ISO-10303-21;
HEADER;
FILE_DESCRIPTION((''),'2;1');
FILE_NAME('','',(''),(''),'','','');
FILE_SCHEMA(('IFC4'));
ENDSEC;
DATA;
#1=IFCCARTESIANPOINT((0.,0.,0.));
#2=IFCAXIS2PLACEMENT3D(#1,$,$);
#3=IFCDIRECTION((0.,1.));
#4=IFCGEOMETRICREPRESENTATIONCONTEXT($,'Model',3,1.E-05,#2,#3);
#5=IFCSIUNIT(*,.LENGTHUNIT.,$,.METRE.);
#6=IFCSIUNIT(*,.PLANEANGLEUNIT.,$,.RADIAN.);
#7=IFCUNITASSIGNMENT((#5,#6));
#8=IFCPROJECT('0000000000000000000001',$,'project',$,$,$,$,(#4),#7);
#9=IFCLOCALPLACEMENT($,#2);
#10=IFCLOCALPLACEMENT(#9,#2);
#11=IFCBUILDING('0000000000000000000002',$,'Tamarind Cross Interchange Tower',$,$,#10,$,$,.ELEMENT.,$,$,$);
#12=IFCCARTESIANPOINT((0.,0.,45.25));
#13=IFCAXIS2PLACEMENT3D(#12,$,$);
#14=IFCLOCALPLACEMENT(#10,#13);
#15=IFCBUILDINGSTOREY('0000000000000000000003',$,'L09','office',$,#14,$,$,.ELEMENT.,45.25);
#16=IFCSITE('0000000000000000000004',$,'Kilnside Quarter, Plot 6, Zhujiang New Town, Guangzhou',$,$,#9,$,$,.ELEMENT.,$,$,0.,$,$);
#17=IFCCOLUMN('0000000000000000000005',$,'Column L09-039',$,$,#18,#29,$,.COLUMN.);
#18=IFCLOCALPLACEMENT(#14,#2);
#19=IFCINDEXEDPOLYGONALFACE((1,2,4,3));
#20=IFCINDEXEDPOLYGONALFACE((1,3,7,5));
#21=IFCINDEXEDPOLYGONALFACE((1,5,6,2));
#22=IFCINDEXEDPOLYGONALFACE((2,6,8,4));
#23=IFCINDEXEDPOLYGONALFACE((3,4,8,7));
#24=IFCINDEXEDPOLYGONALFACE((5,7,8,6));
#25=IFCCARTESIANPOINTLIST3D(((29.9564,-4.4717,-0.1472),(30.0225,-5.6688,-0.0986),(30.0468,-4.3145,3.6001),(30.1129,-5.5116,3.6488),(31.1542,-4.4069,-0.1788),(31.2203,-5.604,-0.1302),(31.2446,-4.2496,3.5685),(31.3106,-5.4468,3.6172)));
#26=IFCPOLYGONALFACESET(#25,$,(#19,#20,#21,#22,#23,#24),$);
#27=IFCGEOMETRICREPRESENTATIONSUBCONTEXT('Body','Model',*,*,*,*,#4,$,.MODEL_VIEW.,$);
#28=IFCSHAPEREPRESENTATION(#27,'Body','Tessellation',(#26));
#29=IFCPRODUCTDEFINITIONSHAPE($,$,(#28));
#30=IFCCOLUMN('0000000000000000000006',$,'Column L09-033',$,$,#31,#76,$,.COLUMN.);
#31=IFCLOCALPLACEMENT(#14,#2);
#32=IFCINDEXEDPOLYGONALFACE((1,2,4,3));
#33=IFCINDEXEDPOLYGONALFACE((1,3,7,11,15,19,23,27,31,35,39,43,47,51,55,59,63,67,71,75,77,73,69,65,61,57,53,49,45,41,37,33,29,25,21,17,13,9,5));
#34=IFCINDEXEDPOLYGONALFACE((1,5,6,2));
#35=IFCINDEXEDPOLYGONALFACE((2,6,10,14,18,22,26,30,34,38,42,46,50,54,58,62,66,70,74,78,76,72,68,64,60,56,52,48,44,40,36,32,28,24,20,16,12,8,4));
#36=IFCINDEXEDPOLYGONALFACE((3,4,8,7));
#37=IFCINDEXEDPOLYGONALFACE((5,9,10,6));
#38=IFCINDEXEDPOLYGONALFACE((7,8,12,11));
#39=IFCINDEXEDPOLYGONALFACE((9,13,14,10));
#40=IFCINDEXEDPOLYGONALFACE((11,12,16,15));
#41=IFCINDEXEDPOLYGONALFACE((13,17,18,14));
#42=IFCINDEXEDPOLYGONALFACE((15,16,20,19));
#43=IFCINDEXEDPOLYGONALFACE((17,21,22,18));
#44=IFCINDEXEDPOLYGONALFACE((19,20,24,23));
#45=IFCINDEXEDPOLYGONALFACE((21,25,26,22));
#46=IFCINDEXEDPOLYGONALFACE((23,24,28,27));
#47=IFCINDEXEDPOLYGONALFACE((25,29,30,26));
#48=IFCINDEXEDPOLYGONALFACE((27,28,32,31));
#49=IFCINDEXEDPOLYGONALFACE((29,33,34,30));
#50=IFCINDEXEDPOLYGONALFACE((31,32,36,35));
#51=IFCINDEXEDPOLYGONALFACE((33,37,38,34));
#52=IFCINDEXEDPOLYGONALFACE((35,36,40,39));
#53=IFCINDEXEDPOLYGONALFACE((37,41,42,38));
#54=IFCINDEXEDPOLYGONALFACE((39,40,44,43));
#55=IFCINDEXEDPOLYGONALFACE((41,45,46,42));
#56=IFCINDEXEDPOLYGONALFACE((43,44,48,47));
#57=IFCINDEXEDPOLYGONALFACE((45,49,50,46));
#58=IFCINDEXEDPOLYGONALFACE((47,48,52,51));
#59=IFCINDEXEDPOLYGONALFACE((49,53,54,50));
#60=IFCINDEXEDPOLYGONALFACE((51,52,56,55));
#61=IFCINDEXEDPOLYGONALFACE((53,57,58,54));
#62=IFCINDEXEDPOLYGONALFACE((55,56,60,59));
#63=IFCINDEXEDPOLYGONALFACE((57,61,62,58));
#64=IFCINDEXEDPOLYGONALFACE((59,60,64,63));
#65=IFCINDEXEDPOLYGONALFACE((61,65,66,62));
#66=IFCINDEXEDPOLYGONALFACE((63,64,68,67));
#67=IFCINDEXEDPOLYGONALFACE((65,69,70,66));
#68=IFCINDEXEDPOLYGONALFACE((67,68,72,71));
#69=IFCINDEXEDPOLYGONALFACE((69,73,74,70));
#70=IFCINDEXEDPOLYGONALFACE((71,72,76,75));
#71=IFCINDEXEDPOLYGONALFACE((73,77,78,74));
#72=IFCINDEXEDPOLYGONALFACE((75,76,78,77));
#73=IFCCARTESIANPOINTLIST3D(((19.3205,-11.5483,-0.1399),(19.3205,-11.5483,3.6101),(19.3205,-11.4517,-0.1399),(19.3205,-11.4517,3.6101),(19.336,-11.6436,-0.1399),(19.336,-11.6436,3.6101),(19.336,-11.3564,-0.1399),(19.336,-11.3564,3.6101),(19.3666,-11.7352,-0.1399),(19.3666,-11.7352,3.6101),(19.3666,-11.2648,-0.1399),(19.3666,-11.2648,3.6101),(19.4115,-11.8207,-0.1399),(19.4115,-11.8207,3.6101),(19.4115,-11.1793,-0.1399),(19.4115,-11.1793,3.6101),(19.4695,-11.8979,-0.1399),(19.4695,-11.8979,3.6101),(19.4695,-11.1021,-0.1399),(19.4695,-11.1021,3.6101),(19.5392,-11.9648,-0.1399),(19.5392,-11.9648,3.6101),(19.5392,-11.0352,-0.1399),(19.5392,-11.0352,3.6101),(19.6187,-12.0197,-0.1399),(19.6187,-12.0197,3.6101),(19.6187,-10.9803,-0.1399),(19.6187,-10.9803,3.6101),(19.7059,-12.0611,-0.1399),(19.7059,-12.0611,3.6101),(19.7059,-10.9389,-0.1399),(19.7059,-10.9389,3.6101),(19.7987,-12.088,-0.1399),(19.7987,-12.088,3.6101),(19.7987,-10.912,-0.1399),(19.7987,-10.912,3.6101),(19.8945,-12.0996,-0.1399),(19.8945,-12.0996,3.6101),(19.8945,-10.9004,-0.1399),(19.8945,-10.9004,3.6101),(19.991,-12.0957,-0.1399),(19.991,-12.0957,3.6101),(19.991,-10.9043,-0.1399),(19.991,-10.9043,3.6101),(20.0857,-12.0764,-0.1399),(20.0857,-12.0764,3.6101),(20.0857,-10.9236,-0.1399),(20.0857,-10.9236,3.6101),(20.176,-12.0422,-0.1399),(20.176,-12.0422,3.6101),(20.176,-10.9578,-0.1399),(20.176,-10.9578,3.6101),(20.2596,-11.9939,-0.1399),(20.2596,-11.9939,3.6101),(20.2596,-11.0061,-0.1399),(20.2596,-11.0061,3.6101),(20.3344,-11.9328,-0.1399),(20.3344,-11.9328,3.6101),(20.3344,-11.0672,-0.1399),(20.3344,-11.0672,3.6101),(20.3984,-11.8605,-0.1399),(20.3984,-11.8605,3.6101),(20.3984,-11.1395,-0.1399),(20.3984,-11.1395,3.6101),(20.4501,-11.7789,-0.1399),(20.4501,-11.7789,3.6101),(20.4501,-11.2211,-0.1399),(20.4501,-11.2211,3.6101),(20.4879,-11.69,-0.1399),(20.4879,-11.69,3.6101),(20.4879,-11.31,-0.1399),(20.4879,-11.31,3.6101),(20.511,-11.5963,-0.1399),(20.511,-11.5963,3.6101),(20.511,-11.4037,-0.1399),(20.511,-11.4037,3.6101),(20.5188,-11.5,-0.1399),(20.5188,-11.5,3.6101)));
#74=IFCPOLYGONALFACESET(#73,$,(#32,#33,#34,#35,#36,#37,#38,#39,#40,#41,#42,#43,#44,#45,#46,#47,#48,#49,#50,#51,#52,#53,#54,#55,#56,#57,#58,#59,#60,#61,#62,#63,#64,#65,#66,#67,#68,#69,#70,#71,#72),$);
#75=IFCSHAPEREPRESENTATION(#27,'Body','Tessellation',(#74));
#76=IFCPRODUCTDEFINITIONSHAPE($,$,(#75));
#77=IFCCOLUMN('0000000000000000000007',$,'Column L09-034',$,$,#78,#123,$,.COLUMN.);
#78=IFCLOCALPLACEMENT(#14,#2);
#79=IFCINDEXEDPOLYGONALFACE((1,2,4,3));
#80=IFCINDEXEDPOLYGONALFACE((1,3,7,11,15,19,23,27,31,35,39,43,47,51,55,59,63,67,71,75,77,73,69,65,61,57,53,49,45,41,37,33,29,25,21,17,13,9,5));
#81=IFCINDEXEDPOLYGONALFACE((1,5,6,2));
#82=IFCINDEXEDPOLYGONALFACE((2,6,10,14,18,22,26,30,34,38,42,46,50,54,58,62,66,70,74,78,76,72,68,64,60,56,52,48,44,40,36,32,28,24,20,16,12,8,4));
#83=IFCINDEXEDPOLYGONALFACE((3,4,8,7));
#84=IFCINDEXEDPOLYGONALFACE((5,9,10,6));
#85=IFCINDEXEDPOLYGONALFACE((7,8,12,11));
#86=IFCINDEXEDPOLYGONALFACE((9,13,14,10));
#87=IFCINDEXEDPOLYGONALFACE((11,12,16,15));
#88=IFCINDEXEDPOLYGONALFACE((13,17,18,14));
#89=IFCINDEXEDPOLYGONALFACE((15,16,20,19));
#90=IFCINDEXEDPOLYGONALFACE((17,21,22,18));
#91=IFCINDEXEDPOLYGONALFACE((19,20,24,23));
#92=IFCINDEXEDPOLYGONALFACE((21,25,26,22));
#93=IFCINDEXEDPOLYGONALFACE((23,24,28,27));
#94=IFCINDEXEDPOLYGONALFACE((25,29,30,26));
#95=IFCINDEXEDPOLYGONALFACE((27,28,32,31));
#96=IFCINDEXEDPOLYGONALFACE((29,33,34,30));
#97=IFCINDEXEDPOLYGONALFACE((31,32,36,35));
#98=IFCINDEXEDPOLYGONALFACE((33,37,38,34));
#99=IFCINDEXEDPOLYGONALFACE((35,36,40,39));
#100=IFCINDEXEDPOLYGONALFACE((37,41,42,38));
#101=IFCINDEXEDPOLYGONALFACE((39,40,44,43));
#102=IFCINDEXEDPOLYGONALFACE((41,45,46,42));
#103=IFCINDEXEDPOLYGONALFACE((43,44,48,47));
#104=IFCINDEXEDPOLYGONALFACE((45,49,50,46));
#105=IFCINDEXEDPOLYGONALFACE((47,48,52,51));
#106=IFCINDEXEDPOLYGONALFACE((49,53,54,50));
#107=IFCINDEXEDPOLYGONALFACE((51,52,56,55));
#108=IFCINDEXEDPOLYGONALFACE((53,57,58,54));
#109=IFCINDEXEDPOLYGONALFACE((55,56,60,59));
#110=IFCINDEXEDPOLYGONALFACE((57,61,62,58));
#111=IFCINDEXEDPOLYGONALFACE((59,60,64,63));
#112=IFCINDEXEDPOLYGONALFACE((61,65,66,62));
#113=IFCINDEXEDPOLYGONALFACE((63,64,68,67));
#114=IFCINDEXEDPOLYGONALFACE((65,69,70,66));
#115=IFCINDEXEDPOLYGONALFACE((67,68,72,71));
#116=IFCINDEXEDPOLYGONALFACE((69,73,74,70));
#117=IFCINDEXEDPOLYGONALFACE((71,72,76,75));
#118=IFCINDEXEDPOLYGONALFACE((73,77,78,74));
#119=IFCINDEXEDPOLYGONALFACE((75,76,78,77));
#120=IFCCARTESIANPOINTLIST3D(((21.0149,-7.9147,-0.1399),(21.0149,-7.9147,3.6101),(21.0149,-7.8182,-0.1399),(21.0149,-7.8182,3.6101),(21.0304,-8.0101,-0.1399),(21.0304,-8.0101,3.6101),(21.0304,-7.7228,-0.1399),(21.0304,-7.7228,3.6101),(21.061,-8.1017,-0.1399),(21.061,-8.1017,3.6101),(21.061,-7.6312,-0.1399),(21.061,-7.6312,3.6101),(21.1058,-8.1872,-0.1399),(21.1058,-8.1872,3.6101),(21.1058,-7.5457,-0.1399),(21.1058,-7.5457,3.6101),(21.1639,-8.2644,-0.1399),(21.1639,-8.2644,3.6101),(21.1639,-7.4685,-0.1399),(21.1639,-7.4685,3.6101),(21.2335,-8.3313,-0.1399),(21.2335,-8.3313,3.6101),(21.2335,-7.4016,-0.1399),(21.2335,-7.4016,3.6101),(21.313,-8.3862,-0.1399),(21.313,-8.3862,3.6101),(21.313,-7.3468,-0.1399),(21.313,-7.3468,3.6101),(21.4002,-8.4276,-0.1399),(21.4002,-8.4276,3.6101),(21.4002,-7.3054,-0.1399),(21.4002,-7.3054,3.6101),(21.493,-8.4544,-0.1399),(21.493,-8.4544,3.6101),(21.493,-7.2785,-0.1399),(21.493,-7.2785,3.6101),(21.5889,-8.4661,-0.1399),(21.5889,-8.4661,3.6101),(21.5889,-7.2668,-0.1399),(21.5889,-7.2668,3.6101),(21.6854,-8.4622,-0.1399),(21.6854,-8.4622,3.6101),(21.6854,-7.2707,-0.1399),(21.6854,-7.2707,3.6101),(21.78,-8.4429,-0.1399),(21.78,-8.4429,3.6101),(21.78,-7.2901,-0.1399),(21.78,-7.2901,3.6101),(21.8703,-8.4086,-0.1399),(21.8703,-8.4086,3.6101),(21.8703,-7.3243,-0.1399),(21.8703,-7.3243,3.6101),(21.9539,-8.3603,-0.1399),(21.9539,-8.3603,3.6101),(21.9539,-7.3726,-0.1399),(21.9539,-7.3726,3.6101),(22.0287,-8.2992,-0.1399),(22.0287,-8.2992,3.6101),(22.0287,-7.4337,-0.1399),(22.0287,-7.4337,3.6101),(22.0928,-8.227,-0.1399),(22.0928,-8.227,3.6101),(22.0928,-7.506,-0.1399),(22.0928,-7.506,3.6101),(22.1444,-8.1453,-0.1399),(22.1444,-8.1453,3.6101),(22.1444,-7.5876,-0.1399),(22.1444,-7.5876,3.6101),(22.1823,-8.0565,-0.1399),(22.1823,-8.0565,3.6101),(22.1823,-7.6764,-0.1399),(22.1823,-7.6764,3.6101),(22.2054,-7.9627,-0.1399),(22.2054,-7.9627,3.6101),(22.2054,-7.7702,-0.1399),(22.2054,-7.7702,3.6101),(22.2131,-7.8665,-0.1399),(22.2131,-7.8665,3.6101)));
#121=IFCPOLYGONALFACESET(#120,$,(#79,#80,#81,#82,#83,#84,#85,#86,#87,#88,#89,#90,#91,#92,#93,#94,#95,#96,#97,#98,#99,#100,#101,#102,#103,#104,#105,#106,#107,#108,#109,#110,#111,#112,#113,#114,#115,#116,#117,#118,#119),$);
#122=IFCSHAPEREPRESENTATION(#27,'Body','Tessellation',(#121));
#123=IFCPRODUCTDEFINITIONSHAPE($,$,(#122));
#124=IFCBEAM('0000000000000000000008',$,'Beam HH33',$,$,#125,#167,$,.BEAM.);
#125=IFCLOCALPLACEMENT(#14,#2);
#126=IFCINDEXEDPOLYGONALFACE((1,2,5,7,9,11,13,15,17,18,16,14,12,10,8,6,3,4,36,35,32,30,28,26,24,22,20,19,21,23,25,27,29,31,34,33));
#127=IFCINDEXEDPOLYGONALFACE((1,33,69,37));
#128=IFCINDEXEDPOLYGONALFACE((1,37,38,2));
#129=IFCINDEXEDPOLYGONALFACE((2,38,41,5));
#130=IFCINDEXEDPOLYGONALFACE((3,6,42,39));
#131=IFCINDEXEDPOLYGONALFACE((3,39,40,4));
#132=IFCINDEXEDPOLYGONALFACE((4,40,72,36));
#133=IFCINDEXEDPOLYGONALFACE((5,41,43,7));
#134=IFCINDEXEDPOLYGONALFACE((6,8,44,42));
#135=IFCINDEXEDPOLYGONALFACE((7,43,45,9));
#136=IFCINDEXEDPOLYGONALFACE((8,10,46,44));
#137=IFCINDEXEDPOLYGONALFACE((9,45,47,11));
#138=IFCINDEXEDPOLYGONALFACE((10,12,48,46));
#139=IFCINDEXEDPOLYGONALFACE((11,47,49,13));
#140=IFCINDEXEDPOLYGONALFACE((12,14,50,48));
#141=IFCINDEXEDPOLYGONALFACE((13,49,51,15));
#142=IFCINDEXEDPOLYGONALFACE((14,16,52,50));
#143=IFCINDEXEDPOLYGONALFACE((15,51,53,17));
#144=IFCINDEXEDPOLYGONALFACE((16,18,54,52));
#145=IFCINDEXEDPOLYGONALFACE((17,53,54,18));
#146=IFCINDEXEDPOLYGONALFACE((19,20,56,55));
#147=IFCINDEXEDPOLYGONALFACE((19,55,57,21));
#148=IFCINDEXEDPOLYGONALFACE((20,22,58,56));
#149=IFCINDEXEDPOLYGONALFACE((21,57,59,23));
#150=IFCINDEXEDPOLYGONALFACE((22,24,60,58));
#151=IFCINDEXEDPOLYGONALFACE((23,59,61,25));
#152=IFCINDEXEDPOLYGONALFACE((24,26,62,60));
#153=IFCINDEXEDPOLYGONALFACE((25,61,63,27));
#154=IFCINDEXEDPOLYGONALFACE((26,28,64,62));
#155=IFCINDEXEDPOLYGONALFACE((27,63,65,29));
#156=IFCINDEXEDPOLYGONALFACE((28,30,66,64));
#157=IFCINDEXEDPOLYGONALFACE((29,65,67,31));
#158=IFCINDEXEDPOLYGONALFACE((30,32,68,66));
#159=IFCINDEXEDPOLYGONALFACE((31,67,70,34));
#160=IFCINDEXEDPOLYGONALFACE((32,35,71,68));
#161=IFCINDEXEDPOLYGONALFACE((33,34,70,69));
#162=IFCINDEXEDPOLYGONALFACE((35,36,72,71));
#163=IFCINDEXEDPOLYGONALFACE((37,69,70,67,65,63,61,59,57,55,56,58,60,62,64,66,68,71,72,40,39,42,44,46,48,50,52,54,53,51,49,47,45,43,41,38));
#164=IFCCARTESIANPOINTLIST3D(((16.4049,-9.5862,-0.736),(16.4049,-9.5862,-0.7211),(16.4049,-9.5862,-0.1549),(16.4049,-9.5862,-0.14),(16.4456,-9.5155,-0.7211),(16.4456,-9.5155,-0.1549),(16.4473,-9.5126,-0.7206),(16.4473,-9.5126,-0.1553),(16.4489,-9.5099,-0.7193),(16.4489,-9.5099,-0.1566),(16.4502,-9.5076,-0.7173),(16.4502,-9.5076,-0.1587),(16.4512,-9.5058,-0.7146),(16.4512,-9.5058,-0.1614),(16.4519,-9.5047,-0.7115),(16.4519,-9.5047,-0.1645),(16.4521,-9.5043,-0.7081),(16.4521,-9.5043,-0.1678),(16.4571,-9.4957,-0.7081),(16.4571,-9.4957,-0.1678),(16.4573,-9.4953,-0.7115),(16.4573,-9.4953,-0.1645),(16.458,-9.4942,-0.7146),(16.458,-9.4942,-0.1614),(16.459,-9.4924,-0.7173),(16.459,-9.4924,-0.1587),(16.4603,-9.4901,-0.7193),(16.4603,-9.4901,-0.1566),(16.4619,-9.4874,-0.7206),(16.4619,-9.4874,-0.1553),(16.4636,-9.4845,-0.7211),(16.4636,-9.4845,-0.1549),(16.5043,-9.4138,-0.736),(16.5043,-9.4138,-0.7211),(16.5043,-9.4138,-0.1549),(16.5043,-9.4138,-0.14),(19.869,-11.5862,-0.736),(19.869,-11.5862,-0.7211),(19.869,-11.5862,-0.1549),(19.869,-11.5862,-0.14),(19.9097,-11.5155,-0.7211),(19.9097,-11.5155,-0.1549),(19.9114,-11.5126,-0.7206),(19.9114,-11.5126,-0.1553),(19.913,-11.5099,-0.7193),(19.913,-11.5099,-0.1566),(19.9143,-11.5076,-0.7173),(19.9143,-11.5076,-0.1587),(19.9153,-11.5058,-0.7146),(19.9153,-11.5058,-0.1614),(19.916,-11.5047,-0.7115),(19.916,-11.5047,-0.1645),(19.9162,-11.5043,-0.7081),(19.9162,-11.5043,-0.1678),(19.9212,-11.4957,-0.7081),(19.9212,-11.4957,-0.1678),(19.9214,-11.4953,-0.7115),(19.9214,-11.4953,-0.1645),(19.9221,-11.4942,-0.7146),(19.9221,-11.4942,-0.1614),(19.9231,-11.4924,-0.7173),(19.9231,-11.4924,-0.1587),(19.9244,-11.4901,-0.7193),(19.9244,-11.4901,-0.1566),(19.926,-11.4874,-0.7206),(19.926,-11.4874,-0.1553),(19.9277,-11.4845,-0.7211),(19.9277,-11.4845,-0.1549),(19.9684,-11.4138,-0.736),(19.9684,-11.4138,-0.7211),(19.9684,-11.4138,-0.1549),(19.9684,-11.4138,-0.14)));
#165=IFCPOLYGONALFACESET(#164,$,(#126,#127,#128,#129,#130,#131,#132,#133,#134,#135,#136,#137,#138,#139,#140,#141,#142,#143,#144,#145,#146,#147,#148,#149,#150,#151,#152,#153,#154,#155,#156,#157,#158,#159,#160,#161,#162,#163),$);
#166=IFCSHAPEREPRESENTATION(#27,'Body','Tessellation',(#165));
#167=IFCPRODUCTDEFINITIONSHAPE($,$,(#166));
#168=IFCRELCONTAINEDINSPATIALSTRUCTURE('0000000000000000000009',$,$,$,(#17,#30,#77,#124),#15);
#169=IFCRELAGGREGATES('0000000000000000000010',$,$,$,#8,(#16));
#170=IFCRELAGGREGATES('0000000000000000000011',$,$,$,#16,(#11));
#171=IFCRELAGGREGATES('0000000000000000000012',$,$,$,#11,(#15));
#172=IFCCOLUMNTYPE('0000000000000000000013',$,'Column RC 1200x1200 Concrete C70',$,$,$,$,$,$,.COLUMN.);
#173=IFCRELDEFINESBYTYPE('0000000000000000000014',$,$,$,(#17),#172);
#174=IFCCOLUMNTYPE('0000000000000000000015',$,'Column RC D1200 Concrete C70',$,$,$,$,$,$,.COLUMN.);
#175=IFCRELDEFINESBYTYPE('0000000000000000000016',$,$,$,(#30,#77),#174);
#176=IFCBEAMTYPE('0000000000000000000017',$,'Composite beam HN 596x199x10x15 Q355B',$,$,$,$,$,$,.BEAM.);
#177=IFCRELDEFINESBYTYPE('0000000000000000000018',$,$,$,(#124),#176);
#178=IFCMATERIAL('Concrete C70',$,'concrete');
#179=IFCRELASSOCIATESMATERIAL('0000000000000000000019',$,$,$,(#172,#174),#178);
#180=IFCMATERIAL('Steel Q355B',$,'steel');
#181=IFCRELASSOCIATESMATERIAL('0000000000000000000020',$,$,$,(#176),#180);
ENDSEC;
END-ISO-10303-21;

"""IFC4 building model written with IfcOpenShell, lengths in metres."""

from ifc_helpers import new_model, si_unit, direction, frame, origin, origin_2d, place, context, subcontext, project, spatial, rectangle, circle, i_section, extrude, material, material_profile, profile_set, type_object, element, save


model = new_model("IFC4")

# Units and contexts
model_context = context("Model", 3, precision=1e-05, world=origin(), true_north=direction((0.0, 1.0)))
body_context = subcontext(model_context, "Body", "Model", "MODEL_VIEW")
ifc_project = project(units=[si_unit("LENGTHUNIT", "METRE"), si_unit("PLANEANGLEUNIT", "RADIAN")], contexts=[model_context])

# Site, building, storey
site_placement = place(None, origin())
site = spatial("IfcSite", under=ifc_project, at=site_placement, Name="Kilnside Quarter, Plot 6, Zhujiang New Town, Guangzhou", CompositionType="ELEMENT", RefElevation=0.0)
building_placement = place(site_placement, origin())
building = spatial("IfcBuilding", under=site, at=building_placement, Name="Tamarind Cross Interchange Tower", CompositionType="ELEMENT")
storey_placement = place(building_placement, frame((0.0, 0.0, 45.25)))
storey = spatial("IfcBuildingStorey", under=building, at=storey_placement, Name="L09", Description="office", CompositionType="ELEMENT", Elevation=45.25)

# Columns
ifc_material_1 = material(Name="Concrete C70", Category="concrete")
ifc_material_profile_1 = material_profile(ifc_material_1, rectangle(XDim=1.2, YDim=1.2, at=origin_2d()), Name="RC 1200x1200")
ifc_profile_set_1 = profile_set([ifc_material_profile_1], Name="Concrete C70")
column_type_1 = type_object("IfcColumnType", Name="Column RC 1200x1200 Concrete C70", PredefinedType="COLUMN", material=ifc_profile_set_1)
column_placement = place(storey_placement, frame((30.5884, -5.0378, -0.1387), z_axis=(0.024078, 0.041908, 0.998831), x_axis=(-0.998192, -0.054036, 0.026329)))
element("IfcColumn", 1, at=column_placement, inside=storey, type_object=column_type_1, Name="Column L09-039", PredefinedType="COLUMN", context=body_context, shape_type="SweptSolid", body=[
    extrude(rectangle(XDim=1.2, YDim=1.2, at=origin_2d()), origin(), (0.0, 0.0, 1.0), 3.7517),
])
ifc_material_profile_2 = material_profile(ifc_material_1, circle(Radius=0.6001, at=origin_2d()), Name="RC D1200")
ifc_profile_set_2 = profile_set([ifc_material_profile_2], Name="Concrete C70")
column_type_2 = type_object("IfcColumnType", Name="Column RC D1200 Concrete C70", PredefinedType="COLUMN", material=ifc_profile_set_2)
for number, where, z_axis, x_axis, name in (
    (2, (19.9187, -11.5, -0.1399), (0.0, 0.0, 1.0), (1.0, 0.0, 0.0), "Column L09-033"),
    (3, (21.613, -7.8665, -0.1399), (0.0, 0.0, 1.0), (1.0, 0.0, 0.0), "Column L09-034"),
):
    element("IfcColumn", number, at=place(storey_placement, frame(where, z_axis=z_axis, x_axis=x_axis)), inside=storey, type_object=column_type_2, Name=name, PredefinedType="COLUMN", context=body_context, shape_type="SweptSolid", body=[
        extrude(circle(Radius=0.6001, at=origin_2d()), origin(), (0.0, 0.0, 1.0), 3.75),
    ])

# Beam
ifc_material_2 = material(Name="Steel Q355B", Category="steel")
ifc_material_profile_3 = material_profile(ifc_material_2, i_section(OverallWidth=0.199, OverallDepth=0.5959, WebThickness=0.01, FlangeThickness=0.0149, FilletRadius=0.0129, at=origin_2d()), Name="HN 596x199x10x15")
ifc_profile_set_3 = profile_set([ifc_material_profile_3], Name="Steel Q355B")
beam_type = type_object("IfcBeamType", Name="Composite beam HN 596x199x10x15 Q355B", PredefinedType="BEAM", material=ifc_profile_set_3)
beam_1_placement = place(storey_placement, frame((19.9187, -11.5, -0.438), z_axis=(-0.866026, 0.499999, 0.0), x_axis=(-0.499999, -0.866026, 0.0)))
element("IfcBeam", 4, at=beam_1_placement, inside=storey, type_object=beam_type, Name="Beam HH33", PredefinedType="BEAM", context=body_context, shape_type="SweptSolid", body=[
    extrude(i_section(OverallWidth=0.199, OverallDepth=0.5959, WebThickness=0.01, FlangeThickness=0.0149, FilletRadius=0.0129, at=origin_2d()), origin(), (0.0, 0.0, 1.0), 4.0),
])

save(model, "model.ifc")
